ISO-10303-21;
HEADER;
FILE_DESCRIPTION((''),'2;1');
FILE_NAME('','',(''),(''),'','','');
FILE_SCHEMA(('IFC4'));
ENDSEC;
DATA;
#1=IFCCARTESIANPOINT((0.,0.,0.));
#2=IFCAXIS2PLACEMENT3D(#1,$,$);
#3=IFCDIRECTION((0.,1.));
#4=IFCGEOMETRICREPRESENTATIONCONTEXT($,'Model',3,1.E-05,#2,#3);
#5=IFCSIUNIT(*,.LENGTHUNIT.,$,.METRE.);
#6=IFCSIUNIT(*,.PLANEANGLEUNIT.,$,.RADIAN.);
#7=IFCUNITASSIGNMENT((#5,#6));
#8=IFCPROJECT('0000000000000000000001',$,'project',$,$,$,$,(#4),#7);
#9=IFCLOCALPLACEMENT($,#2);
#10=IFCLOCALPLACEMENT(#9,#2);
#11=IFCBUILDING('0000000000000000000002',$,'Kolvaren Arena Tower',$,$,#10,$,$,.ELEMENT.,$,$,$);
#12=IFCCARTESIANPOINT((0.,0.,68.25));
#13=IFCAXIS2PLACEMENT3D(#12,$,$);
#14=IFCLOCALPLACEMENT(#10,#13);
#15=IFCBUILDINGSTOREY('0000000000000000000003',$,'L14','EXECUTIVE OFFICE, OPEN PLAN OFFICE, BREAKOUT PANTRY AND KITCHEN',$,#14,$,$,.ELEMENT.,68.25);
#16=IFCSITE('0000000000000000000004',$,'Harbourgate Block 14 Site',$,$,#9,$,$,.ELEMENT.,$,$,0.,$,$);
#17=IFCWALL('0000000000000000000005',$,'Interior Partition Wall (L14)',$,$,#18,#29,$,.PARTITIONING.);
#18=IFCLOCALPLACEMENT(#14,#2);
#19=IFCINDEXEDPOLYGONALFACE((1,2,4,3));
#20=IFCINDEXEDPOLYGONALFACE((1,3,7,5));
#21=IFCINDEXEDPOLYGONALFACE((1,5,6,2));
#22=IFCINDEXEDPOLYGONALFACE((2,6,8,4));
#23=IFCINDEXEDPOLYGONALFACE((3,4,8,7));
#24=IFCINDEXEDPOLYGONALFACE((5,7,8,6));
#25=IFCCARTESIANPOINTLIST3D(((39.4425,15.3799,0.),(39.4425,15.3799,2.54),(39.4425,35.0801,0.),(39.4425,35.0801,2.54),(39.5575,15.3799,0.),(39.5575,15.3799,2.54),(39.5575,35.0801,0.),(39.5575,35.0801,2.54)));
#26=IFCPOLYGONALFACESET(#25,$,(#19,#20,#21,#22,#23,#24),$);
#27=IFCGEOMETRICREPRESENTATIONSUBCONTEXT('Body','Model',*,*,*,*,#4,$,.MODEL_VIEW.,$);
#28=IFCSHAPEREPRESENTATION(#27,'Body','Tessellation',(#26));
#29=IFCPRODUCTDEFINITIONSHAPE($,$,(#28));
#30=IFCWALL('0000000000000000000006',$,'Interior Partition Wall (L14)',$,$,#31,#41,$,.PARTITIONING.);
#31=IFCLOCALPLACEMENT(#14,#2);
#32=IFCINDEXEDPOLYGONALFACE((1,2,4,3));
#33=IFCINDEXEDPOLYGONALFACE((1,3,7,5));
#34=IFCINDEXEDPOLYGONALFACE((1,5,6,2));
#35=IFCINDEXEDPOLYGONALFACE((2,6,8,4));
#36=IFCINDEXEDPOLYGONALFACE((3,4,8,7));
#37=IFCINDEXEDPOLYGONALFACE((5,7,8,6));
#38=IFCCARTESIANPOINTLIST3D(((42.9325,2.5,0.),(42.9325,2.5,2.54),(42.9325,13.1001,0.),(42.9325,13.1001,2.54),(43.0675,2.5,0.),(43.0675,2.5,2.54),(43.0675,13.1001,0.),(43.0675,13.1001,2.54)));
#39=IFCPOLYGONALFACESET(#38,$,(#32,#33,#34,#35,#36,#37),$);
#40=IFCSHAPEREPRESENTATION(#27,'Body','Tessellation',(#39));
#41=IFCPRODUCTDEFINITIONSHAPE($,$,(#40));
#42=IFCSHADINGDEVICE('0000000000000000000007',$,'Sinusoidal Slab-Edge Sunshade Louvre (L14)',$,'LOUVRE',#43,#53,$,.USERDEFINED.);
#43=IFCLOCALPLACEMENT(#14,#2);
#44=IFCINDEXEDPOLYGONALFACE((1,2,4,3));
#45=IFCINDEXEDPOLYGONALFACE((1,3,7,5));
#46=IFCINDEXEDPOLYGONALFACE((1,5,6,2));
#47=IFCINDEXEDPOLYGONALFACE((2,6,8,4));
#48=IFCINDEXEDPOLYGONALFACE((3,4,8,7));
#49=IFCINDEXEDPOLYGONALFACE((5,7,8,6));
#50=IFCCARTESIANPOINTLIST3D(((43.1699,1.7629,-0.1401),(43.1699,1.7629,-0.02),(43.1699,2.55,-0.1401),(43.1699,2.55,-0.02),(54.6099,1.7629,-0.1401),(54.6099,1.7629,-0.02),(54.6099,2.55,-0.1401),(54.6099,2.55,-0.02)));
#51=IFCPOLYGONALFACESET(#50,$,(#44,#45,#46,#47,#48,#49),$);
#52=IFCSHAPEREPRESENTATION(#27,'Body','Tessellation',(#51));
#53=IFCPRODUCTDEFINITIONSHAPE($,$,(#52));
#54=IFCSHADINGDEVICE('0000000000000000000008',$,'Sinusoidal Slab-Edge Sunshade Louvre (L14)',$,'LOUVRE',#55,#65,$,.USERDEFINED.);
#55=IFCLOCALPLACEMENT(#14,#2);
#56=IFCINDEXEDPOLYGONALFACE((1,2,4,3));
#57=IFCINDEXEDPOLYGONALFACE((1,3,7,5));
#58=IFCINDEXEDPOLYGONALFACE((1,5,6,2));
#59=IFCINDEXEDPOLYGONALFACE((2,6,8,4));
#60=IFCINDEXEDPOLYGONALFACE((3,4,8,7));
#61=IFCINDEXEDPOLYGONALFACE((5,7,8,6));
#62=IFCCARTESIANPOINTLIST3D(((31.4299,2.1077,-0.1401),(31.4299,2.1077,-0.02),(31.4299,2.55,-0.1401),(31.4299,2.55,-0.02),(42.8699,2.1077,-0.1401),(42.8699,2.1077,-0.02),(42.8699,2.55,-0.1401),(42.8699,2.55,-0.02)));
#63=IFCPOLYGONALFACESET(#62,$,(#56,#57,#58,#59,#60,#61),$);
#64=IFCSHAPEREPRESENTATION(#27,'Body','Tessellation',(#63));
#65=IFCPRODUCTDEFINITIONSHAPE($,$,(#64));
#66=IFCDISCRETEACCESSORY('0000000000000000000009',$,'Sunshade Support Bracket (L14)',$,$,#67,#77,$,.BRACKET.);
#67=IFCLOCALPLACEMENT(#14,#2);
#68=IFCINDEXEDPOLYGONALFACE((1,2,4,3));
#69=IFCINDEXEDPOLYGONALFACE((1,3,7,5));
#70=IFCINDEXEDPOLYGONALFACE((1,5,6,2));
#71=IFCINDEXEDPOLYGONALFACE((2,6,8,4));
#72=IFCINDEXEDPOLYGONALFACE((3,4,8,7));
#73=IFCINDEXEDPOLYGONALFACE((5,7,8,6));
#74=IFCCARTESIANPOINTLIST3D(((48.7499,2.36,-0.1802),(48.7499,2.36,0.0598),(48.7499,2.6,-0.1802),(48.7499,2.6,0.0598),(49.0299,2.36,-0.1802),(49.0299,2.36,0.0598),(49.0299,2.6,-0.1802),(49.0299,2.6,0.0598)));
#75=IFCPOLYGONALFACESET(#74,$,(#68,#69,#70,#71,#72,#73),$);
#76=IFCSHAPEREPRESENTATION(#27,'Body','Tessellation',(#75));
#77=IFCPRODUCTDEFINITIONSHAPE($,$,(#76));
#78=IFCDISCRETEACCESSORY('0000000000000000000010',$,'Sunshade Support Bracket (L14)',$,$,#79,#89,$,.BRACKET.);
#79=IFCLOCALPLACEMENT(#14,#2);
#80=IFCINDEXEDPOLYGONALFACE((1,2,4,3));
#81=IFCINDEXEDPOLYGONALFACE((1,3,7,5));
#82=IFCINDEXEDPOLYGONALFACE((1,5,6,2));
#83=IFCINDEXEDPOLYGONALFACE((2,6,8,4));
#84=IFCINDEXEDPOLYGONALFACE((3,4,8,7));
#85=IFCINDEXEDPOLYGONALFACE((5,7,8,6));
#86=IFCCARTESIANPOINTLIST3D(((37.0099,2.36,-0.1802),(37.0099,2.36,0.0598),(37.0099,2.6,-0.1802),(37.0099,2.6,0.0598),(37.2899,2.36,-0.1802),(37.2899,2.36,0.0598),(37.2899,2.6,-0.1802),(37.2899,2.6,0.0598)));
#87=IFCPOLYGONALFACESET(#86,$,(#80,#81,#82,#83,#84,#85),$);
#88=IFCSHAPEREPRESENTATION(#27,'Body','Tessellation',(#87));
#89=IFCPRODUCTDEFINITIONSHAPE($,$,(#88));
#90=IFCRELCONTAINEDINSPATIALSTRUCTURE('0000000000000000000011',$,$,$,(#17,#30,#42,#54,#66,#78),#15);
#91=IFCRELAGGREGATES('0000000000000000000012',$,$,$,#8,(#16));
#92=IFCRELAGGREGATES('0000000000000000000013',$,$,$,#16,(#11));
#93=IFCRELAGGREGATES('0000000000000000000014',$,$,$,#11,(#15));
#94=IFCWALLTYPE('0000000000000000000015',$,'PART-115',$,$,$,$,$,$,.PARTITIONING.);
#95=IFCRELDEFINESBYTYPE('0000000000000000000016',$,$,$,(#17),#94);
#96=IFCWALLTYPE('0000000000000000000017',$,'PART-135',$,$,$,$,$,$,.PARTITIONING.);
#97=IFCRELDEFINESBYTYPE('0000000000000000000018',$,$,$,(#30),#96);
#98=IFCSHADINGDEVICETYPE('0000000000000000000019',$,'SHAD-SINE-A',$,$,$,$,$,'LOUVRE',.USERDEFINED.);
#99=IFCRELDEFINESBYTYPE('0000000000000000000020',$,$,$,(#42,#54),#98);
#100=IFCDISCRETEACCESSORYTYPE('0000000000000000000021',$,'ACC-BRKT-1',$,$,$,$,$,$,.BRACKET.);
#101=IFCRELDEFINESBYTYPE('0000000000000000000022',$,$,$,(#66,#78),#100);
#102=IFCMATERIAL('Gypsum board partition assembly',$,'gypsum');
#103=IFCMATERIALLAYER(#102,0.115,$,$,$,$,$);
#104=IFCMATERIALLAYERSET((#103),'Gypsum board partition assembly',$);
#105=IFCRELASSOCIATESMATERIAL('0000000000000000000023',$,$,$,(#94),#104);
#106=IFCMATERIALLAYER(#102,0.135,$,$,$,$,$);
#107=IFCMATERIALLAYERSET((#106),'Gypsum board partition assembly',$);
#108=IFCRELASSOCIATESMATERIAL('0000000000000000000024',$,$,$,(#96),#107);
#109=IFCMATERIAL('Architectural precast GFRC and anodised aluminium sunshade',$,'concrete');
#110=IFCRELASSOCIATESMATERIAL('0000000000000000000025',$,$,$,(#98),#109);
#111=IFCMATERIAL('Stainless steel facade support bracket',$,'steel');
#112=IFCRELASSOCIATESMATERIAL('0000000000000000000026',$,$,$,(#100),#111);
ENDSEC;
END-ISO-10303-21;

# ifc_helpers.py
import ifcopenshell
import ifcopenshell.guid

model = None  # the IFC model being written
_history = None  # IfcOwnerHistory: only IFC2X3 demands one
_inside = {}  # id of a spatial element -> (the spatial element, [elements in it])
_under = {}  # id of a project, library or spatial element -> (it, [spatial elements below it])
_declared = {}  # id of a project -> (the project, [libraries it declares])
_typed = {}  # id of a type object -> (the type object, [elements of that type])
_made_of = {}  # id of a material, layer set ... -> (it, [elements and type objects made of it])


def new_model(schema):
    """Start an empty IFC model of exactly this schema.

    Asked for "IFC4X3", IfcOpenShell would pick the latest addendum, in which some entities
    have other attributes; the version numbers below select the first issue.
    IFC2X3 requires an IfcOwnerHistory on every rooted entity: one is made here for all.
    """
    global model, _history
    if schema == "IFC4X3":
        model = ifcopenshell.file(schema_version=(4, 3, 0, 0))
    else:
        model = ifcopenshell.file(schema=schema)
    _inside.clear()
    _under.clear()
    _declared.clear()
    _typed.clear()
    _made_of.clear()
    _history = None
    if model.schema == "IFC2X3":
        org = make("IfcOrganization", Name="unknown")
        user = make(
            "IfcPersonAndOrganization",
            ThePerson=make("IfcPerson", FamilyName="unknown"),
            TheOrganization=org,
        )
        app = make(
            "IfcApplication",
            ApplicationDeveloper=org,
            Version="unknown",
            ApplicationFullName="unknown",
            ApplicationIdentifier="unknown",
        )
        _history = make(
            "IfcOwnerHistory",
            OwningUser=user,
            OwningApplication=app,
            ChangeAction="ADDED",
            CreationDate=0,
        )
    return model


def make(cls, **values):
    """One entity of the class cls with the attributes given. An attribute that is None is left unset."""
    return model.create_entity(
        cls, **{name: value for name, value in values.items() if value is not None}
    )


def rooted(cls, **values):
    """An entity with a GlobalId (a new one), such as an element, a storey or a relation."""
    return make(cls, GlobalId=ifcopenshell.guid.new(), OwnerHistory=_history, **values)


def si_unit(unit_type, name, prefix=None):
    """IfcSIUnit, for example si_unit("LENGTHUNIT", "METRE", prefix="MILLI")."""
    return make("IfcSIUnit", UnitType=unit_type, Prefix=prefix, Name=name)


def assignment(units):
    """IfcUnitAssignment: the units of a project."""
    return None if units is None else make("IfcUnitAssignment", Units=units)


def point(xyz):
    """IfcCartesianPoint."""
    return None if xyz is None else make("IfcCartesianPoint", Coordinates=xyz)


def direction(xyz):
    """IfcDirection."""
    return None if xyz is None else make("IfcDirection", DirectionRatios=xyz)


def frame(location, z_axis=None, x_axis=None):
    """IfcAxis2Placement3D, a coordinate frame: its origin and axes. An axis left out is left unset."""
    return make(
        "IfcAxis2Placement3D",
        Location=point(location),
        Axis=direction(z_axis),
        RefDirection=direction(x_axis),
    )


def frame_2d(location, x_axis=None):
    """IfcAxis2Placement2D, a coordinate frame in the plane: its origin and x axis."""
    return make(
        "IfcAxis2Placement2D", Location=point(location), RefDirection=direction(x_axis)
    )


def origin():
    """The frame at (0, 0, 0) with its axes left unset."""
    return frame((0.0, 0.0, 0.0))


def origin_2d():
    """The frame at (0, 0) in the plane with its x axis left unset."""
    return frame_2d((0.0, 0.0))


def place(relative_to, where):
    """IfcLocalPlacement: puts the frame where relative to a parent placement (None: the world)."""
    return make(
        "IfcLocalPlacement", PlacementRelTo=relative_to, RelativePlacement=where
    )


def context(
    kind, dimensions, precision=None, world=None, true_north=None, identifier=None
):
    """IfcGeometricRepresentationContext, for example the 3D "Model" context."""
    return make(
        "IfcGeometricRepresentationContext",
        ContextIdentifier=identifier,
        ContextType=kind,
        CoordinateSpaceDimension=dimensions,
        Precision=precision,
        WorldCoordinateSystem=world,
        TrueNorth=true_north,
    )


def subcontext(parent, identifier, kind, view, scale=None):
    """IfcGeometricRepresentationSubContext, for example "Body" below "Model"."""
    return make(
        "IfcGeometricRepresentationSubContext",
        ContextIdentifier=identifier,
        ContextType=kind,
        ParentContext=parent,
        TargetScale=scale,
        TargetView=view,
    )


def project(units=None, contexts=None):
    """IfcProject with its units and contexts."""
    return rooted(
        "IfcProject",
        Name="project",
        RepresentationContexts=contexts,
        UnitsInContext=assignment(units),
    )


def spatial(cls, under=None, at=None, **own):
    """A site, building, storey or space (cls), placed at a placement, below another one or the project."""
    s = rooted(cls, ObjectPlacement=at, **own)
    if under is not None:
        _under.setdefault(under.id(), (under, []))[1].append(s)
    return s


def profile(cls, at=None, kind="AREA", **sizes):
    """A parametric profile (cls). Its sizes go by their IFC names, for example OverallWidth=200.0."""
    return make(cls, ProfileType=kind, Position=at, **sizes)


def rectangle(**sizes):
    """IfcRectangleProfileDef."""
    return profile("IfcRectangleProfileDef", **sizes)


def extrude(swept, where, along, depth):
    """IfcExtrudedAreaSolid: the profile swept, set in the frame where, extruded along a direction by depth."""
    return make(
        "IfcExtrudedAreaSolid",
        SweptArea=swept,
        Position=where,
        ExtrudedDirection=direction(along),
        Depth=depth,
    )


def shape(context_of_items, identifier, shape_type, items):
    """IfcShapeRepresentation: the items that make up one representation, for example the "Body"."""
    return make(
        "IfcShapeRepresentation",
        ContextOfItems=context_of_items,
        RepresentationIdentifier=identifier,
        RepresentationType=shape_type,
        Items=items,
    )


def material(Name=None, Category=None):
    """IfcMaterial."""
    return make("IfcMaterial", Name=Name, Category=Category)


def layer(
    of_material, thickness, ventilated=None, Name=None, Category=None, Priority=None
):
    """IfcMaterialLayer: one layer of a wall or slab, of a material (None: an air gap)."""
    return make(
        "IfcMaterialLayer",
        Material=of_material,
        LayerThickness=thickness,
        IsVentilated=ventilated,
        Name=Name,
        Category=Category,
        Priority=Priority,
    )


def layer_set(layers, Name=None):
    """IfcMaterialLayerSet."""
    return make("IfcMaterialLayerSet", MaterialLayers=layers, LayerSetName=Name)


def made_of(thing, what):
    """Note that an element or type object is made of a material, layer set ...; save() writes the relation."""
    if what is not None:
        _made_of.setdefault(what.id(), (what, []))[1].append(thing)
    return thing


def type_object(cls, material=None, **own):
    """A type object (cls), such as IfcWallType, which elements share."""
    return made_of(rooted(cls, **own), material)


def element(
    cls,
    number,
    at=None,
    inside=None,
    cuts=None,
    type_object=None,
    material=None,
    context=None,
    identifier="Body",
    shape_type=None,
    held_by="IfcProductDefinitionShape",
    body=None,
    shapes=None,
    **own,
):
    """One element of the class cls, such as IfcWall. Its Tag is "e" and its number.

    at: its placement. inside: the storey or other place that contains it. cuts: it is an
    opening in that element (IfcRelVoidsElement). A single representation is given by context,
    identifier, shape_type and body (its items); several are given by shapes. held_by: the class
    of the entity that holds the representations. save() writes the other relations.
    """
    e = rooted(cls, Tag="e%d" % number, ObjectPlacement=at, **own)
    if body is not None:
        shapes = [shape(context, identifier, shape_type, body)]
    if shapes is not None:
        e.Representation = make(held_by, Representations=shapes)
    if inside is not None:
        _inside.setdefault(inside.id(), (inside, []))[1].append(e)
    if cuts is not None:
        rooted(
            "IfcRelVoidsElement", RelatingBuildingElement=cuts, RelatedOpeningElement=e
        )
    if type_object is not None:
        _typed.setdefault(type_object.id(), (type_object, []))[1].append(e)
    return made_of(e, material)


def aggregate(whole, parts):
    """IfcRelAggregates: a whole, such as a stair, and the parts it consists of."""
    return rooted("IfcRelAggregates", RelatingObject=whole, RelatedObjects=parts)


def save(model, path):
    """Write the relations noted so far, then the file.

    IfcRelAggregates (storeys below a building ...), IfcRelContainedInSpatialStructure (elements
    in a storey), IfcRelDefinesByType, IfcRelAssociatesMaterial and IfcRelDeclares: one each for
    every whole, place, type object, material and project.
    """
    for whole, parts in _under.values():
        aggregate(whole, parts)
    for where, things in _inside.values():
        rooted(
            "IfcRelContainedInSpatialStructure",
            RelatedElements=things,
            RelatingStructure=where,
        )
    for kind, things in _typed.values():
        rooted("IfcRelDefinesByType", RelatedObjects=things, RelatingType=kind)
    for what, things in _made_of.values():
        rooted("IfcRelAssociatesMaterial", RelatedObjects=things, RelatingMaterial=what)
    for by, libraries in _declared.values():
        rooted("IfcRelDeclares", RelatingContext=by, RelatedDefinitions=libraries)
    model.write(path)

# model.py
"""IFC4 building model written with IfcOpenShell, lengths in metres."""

from ifc_helpers import new_model, si_unit, direction, frame, frame_2d, origin, origin_2d, place, context, subcontext, project, spatial, rectangle, extrude, material, layer, layer_set, type_object, element, save


model = new_model("IFC4")

# Units and contexts
model_context = context("Model", 3, precision=1e-05, world=origin(), true_north=direction((0.0, 1.0)))
body_context = subcontext(model_context, "Body", "Model", "MODEL_VIEW")
ifc_project = project(units=[si_unit("LENGTHUNIT", "METRE"), si_unit("PLANEANGLEUNIT", "RADIAN")], contexts=[model_context])

# Site, building, storey
site_placement = place(None, origin())
site = spatial("IfcSite", under=ifc_project, at=site_placement, Name="Harbourgate Block 14 Site", CompositionType="ELEMENT", RefElevation=0.0)
building_placement = place(site_placement, origin())
building = spatial("IfcBuilding", under=site, at=building_placement, Name="Kolvaren Arena Tower", CompositionType="ELEMENT")
storey_placement = place(building_placement, frame((0.0, 0.0, 68.25)))
storey = spatial("IfcBuildingStorey", under=building, at=storey_placement, Name="L14", Description="EXECUTIVE OFFICE, OPEN PLAN OFFICE, BREAKOUT PANTRY AND KITCHEN", CompositionType="ELEMENT", Elevation=68.25)

# Walls
ifc_material_1 = material(Name="Gypsum board partition assembly", Category="gypsum")
ifc_layer_1 = layer(ifc_material_1, 0.115)
ifc_layer_set_1 = layer_set([ifc_layer_1], Name="Gypsum board partition assembly")
wall_type_1 = type_object("IfcWallType", Name="PART-115", PredefinedType="PARTITIONING", material=ifc_layer_set_1)
wall_1_placement = place(storey_placement, frame((39.5, 15.3799, 0.0), z_axis=(0.0, 0.0, 1.0), x_axis=(0.0, 1.0, 0.0)))
element("IfcWall", 1, at=wall_1_placement, inside=storey, type_object=wall_type_1, Name="Interior Partition Wall (L14)", PredefinedType="PARTITIONING", context=body_context, shape_type="SweptSolid", body=[
    extrude(rectangle(XDim=19.7002, YDim=0.115, at=frame_2d((9.8501, 0.0))), origin(), (0.0, 0.0, 1.0), 2.54),
])
ifc_layer_2 = layer(ifc_material_1, 0.135)
ifc_layer_set_2 = layer_set([ifc_layer_2], Name="Gypsum board partition assembly")
wall_type_2 = type_object("IfcWallType", Name="PART-135", PredefinedType="PARTITIONING", material=ifc_layer_set_2)
wall_2_placement = place(storey_placement, frame((43.0, 2.5, 0.0), z_axis=(0.0, 0.0, 1.0), x_axis=(0.0, 1.0, 0.0)))
element("IfcWall", 2, at=wall_2_placement, inside=storey, type_object=wall_type_2, Name="Interior Partition Wall (L14)", PredefinedType="PARTITIONING", context=body_context, shape_type="SweptSolid", body=[
    extrude(rectangle(XDim=10.6001, YDim=0.135, at=frame_2d((5.3, 0.0))), origin(), (0.0, 0.0, 1.0), 2.54),
])

# Shading devices
ifc_material_2 = material(Name="Architectural precast GFRC and anodised aluminium sunshade", Category="concrete")
shading_device_type = type_object("IfcShadingDeviceType", Name="SHAD-SINE-A", ElementType="LOUVRE", PredefinedType="USERDEFINED", material=ifc_material_2)
shading_device_1_placement = place(storey_placement, frame((48.8899, 2.1565, -0.1401), z_axis=(0.0, 0.0, 1.0), x_axis=(-1.0, 0.0, 0.0)))
element("IfcShadingDevice", 3, at=shading_device_1_placement, inside=storey, type_object=shading_device_type, Name="Sinusoidal Slab-Edge Sunshade Louvre (L14)", ObjectType="LOUVRE", PredefinedType="USERDEFINED", context=body_context, shape_type="SweptSolid", body=[
    extrude(rectangle(XDim=11.4399, YDim=0.7871, at=origin_2d()), origin(), (0.0, 0.0, 1.0), 0.1201),
])
shading_device_2_placement = place(storey_placement, frame((37.1499, 2.3289, -0.1401), z_axis=(0.0, 0.0, 1.0), x_axis=(-1.0, 0.0, 0.0)))
element("IfcShadingDevice", 4, at=shading_device_2_placement, inside=storey, type_object=shading_device_type, Name="Sinusoidal Slab-Edge Sunshade Louvre (L14)", ObjectType="LOUVRE", PredefinedType="USERDEFINED", context=body_context, shape_type="SweptSolid", body=[
    extrude(rectangle(XDim=11.4399, YDim=0.4424, at=origin_2d()), origin(), (0.0, 0.0, 1.0), 0.1201),
])

# Discrete accessories
ifc_material_3 = material(Name="Stainless steel facade support bracket", Category="steel")
discrete_accessory_type = type_object("IfcDiscreteAccessoryType", Name="ACC-BRKT-1", PredefinedType="BRACKET", material=ifc_material_3)
for number, where, z_axis, x_axis, name in (
    (5, (48.8899, 2.48, -0.1802), (0.0, 0.0, 1.0), (-1.0, 0.0, 0.0), "Sunshade Support Bracket (L14)"),
    (6, (37.1499, 2.48, -0.1802), (0.0, 0.0, 1.0), (-1.0, 0.0, 0.0), "Sunshade Support Bracket (L14)"),
):
    element("IfcDiscreteAccessory", number, at=place(storey_placement, frame(where, z_axis=z_axis, x_axis=x_axis)), inside=storey, type_object=discrete_accessory_type, Name=name, PredefinedType="BRACKET", context=body_context, shape_type="SweptSolid", body=[
        extrude(rectangle(XDim=0.28, YDim=0.24, at=origin_2d()), origin(), (0.0, 0.0, 1.0), 0.24),
    ])

save(model, "model.ifc")
